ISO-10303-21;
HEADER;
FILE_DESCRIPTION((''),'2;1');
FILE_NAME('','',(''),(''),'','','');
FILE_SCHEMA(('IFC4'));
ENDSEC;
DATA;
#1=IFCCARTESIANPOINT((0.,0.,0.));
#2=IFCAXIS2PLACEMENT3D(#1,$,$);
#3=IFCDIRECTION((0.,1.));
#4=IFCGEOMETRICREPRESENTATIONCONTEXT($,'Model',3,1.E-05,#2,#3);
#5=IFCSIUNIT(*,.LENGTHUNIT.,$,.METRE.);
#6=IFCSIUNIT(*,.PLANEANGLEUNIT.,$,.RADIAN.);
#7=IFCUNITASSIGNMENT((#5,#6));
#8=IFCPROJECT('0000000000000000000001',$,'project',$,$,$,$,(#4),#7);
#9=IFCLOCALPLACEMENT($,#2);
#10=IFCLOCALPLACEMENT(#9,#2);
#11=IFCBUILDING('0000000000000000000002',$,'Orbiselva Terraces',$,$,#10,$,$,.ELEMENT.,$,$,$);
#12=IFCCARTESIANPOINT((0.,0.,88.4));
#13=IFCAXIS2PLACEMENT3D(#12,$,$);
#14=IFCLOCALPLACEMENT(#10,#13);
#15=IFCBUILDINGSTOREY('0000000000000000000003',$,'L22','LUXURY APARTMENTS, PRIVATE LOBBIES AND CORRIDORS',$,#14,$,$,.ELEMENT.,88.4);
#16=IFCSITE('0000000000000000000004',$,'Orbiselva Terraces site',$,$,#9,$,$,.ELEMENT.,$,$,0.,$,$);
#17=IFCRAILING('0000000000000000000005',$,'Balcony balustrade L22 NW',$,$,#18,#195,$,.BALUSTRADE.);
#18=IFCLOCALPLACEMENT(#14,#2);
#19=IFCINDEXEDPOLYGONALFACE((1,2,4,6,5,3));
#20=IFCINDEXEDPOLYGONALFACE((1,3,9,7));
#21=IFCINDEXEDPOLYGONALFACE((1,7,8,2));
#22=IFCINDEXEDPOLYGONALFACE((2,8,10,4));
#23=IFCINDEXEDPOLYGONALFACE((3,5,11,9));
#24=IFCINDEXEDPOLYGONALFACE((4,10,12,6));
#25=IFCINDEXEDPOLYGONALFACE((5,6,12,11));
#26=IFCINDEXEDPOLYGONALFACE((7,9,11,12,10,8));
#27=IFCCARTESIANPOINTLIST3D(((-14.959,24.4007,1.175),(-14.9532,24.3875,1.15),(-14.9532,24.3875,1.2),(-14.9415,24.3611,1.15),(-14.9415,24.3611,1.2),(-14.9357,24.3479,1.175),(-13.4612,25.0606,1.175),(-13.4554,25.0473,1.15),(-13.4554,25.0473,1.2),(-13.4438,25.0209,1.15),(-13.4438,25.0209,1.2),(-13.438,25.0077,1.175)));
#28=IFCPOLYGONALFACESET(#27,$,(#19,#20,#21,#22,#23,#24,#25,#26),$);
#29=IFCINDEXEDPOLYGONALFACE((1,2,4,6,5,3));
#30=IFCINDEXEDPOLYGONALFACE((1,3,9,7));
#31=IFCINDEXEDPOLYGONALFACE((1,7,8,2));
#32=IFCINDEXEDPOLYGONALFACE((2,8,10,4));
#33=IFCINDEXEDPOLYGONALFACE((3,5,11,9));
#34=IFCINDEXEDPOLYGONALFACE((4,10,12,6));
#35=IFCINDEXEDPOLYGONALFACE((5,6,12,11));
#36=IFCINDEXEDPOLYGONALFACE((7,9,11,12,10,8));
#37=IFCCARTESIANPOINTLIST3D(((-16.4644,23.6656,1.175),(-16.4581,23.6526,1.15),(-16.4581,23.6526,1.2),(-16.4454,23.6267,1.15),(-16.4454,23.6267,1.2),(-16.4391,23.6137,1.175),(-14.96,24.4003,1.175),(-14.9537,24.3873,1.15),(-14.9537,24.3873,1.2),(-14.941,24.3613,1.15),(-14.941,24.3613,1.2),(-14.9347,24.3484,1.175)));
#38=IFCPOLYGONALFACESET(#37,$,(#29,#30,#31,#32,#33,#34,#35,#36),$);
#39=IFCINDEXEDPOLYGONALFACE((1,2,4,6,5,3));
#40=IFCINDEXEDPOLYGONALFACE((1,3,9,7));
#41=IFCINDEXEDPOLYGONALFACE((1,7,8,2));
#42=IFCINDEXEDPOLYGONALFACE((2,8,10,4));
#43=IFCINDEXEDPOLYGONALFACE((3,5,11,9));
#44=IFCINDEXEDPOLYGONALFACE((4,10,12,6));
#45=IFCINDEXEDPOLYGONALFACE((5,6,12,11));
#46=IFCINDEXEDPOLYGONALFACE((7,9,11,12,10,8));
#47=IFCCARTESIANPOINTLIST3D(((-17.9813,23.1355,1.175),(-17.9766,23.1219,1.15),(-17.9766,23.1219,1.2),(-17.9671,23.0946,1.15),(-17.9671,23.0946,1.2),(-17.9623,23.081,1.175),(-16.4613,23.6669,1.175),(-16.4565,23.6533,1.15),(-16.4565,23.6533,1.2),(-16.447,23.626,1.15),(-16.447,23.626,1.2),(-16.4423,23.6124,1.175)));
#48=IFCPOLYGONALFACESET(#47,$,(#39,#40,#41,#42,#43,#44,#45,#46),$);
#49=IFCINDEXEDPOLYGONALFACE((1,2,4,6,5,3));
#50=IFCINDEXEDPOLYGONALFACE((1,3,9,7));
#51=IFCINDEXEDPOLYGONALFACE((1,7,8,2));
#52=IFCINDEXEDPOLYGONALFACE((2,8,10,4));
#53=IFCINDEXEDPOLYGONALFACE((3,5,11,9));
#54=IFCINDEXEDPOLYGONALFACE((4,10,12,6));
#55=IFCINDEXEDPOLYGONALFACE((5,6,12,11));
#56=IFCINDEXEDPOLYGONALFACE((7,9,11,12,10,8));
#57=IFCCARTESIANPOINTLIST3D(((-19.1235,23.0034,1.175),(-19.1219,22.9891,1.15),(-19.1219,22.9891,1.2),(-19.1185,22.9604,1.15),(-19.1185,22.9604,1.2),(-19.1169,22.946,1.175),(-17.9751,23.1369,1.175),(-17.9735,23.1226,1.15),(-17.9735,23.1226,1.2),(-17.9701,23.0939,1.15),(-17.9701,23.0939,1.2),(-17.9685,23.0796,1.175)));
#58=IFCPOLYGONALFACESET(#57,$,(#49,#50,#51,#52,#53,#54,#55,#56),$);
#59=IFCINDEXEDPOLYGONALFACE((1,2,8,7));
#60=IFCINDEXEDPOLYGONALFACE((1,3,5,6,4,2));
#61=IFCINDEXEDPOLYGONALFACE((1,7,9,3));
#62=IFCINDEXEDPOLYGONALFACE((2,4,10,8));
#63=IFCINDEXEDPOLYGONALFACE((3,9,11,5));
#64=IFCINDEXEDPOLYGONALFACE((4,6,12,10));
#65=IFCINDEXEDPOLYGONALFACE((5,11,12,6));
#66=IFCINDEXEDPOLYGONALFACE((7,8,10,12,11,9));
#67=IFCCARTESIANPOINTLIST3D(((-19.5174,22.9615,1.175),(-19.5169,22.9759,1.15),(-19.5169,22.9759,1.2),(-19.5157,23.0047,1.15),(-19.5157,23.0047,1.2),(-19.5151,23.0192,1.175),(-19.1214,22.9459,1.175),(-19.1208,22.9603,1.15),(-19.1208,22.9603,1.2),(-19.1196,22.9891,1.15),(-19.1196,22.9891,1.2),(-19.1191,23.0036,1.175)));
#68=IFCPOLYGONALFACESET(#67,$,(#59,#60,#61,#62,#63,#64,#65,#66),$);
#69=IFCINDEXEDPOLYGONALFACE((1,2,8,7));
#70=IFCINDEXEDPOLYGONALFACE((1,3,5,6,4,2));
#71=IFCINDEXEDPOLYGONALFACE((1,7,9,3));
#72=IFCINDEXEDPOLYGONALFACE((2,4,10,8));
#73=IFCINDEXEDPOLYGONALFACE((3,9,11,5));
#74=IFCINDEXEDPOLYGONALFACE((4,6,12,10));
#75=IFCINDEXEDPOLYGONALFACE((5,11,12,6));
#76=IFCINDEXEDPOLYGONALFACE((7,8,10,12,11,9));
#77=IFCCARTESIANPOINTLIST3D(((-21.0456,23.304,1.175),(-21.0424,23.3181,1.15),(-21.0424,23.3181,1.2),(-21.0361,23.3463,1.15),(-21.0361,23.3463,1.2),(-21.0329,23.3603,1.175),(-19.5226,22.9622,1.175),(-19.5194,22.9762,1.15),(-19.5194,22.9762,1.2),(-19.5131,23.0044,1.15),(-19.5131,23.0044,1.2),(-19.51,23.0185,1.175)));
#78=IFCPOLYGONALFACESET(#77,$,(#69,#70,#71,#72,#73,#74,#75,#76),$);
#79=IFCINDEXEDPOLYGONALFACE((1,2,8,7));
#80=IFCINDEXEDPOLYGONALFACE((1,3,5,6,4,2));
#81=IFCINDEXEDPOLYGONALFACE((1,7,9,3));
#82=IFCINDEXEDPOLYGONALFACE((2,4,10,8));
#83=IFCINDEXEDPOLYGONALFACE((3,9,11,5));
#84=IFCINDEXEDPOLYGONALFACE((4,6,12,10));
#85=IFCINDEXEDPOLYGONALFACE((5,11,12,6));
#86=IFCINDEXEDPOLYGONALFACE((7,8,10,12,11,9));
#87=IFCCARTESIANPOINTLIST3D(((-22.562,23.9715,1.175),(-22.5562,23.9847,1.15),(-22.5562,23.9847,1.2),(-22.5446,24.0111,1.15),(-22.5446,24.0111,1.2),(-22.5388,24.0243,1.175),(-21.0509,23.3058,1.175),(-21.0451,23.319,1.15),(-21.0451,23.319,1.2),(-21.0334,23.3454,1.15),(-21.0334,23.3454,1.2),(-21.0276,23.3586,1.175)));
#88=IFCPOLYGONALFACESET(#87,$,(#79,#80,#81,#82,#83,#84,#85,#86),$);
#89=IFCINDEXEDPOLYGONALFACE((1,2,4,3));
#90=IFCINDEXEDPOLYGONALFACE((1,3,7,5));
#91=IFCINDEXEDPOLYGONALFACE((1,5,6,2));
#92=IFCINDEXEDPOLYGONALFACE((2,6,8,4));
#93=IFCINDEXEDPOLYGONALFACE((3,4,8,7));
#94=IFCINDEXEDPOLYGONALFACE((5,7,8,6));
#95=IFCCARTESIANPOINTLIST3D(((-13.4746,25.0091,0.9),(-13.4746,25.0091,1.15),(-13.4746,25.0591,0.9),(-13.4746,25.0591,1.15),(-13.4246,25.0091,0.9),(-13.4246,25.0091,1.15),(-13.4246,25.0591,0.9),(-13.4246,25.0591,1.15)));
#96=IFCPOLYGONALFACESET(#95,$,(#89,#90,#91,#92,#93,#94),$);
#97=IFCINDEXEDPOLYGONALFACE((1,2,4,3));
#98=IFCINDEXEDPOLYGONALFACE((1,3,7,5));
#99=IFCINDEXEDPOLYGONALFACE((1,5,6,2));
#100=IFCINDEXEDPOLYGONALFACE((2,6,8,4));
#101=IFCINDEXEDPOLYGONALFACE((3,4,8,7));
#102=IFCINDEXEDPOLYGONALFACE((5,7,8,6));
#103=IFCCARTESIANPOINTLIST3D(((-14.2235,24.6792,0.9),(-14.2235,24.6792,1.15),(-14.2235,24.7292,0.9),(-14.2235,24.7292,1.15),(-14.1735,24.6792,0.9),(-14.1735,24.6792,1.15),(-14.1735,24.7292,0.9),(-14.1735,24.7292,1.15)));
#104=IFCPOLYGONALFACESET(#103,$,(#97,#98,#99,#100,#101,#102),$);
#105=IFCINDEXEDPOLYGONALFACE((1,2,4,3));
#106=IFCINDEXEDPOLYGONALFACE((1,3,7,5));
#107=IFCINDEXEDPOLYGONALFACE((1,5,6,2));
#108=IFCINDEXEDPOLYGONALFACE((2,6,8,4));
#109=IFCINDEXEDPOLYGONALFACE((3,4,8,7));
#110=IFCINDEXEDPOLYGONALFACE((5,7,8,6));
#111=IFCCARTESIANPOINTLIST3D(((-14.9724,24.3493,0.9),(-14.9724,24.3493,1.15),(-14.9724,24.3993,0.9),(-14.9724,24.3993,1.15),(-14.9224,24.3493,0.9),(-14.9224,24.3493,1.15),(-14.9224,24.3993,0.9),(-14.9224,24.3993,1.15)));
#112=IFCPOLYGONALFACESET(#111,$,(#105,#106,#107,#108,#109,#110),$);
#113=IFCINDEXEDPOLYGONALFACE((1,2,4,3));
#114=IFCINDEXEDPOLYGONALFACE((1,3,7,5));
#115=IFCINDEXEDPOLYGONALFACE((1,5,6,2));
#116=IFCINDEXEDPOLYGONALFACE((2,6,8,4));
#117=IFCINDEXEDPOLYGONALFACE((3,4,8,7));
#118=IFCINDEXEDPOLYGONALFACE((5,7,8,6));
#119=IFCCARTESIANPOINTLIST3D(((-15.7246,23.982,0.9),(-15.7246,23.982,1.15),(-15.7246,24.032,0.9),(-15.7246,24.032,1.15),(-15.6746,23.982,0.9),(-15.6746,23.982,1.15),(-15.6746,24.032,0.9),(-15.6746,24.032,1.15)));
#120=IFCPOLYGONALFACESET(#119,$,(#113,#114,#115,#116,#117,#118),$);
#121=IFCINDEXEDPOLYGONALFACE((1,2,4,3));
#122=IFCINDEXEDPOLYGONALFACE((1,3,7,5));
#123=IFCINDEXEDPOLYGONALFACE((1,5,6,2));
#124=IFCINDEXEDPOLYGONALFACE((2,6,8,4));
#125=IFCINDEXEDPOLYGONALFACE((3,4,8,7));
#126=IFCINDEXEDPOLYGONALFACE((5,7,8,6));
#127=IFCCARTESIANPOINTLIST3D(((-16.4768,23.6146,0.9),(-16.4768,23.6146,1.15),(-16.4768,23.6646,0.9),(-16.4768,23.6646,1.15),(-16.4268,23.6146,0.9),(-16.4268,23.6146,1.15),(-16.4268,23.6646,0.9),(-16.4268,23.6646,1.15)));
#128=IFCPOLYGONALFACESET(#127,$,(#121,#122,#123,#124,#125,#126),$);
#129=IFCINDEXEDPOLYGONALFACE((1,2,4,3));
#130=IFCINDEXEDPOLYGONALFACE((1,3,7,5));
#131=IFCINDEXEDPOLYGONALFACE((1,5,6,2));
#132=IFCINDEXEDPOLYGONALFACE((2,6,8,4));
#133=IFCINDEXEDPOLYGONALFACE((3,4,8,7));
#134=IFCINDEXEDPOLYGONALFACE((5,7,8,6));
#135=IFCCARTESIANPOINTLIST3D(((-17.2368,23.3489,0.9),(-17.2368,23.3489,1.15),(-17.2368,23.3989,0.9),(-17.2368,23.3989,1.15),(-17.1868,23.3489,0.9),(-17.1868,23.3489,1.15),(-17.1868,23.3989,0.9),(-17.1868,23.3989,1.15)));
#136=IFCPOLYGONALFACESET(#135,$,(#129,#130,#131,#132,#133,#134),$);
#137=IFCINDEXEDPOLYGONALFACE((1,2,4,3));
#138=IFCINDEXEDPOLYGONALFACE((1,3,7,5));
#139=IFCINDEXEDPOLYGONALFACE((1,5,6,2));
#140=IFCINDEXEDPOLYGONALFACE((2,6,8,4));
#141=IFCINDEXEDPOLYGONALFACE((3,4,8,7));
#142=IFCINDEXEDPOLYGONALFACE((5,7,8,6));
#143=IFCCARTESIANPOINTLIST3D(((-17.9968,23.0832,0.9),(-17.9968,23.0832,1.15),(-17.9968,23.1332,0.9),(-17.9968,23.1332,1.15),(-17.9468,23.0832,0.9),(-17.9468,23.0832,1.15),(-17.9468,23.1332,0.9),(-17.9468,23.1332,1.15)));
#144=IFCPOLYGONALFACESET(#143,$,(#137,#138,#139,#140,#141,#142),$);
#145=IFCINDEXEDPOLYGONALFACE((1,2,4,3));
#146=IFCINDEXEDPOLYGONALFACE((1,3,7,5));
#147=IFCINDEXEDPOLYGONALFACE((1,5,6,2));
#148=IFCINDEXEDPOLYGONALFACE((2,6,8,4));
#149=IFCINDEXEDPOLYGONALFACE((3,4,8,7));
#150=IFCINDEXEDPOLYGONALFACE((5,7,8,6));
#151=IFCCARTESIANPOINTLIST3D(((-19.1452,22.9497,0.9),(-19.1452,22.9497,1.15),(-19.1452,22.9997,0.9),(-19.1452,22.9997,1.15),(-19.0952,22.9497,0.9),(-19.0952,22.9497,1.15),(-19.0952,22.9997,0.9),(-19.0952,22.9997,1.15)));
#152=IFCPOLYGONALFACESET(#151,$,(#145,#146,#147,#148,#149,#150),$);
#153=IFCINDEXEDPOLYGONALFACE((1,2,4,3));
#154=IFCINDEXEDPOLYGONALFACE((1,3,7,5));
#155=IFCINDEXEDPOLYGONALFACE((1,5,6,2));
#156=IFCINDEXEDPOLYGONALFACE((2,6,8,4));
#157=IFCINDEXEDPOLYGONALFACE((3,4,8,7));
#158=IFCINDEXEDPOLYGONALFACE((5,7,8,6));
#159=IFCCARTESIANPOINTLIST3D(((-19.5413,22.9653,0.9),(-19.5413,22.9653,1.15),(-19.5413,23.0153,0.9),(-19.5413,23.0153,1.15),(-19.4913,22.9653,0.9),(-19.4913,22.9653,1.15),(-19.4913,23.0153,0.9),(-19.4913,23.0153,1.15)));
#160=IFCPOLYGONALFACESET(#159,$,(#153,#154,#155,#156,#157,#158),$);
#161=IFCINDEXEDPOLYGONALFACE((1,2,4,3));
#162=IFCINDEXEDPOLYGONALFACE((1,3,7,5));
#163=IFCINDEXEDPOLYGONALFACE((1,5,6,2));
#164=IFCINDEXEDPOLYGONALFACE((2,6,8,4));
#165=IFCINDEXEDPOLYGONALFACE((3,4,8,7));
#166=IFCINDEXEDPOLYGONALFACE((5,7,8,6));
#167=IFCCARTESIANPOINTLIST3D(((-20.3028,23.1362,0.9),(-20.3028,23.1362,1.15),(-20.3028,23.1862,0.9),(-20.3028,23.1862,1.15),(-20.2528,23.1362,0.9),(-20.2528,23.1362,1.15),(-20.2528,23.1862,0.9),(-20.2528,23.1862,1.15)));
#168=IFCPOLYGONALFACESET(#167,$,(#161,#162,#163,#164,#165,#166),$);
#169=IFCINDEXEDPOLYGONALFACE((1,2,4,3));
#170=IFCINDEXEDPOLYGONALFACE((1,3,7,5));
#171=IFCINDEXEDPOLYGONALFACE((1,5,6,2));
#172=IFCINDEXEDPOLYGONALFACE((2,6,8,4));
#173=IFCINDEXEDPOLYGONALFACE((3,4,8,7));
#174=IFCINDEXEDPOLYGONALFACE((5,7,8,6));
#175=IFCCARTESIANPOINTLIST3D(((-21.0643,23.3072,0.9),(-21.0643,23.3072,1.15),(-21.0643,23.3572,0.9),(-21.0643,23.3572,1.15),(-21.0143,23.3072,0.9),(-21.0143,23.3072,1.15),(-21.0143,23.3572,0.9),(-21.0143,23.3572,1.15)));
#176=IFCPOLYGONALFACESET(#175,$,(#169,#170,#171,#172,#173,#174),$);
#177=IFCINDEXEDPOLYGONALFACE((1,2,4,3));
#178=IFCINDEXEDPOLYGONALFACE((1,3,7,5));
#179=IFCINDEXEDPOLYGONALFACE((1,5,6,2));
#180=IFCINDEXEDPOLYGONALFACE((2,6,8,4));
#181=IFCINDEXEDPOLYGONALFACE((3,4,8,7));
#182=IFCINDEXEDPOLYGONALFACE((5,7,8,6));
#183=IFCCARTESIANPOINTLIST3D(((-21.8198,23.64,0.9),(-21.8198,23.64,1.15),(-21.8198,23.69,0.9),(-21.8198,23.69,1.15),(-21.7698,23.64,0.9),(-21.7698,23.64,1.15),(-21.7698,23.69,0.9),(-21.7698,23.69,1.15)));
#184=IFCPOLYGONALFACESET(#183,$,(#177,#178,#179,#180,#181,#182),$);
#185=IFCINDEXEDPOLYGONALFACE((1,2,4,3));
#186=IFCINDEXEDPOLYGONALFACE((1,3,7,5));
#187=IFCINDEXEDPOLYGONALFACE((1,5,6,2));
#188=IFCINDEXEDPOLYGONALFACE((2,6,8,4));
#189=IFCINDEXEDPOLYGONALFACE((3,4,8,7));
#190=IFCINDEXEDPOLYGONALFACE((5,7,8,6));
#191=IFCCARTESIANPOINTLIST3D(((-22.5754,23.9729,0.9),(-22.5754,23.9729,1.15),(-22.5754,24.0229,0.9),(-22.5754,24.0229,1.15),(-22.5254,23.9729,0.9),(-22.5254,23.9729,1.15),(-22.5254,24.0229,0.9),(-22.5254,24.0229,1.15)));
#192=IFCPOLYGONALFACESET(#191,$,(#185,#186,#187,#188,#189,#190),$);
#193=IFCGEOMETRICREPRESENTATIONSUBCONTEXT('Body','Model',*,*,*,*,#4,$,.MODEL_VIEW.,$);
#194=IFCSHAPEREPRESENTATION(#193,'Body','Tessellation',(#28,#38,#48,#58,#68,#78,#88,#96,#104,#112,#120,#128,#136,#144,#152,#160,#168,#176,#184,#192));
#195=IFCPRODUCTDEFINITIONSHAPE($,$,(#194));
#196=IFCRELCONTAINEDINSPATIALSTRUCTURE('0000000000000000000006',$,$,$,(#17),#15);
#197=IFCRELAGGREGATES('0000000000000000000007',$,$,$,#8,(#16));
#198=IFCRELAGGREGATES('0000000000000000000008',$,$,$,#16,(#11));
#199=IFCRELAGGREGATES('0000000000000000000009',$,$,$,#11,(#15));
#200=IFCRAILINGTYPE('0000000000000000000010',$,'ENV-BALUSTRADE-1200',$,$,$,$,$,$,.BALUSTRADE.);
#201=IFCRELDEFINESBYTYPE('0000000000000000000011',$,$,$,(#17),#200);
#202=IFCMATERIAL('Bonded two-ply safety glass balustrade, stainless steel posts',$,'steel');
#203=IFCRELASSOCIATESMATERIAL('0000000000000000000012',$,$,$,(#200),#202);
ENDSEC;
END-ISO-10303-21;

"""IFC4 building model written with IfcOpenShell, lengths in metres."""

from ifc_helpers import new_model, si_unit, direction, frame, origin, origin_2d, place, context, subcontext, project, spatial, polyline, rectangle, outline, extrude, material, type_object, element, save


model = new_model("IFC4")

# Units and contexts
model_context = context("Model", 3, precision=1e-05, world=origin(), true_north=direction((0.0, 1.0)))
body_context = subcontext(model_context, "Body", "Model", "MODEL_VIEW")
ifc_project = project(units=[si_unit("LENGTHUNIT", "METRE"), si_unit("PLANEANGLEUNIT", "RADIAN")], contexts=[model_context])

# Site, building, storey
site_placement = place(None, origin())
site = spatial("IfcSite", under=ifc_project, at=site_placement, Name="Orbiselva Terraces site", CompositionType="ELEMENT", RefElevation=0.0)
building_placement = place(site_placement, origin())
building = spatial("IfcBuilding", under=site, at=building_placement, Name="Orbiselva Terraces", CompositionType="ELEMENT")
storey_placement = place(building_placement, frame((0.0, 0.0, 88.4)))
storey = spatial("IfcBuildingStorey", under=building, at=storey_placement, Name="L22", Description="LUXURY APARTMENTS, PRIVATE LOBBIES AND CORRIDORS", CompositionType="ELEMENT", Elevation=88.4)

# Railing
ifc_material_1 = material(Name="Bonded two-ply safety glass balustrade, stainless steel posts", Category="steel")
railing_type_1 = type_object("IfcRailingType", Name="ENV-BALUSTRADE-1200", PredefinedType="BALUSTRADE", material=ifc_material_1)
railing_1_placement = place(storey_placement, frame((-13.4496, 25.0341, 0.9)))
element("IfcRailing", 1, at=railing_1_placement, inside=storey, type_object=railing_type_1, Name="Balcony balustrade L22 NW", PredefinedType="BALUSTRADE", context=body_context, shape_type="SweptSolid", body=[
    extrude(outline(polyline([(0.0289, 0.0), (0.0144, 0.025), (-0.0144, 0.025), (-0.0289, 0.0), (-0.0144, -0.025), (0.0144, -0.025), (0.0289, 0.0)])), frame((0.0, 0.0, 0.275), z_axis=(-0.915133, -0.403151, 0.0), x_axis=(0.403151, -0.915133, 0.0)), (0.0, 0.0, 1.0), 1.6366),
    extrude(outline(polyline([(0.0289, 0.0), (0.0144, 0.025), (-0.0144, 0.025), (-0.0289, 0.0), (-0.0144, -0.025), (0.0144, -0.025), (0.0289, 0.0)])), frame((-1.4978, -0.6598, 0.275), z_axis=(-0.898579, -0.438812, 0.0), x_axis=(0.438812, -0.898579, 0.0)), (0.0, 0.0, 1.0), 1.6742),
    extrude(outline(polyline([(0.0289, 0.0), (0.0144, 0.025), (-0.0144, 0.025), (-0.0289, 0.0), (-0.0144, -0.025), (0.0144, -0.025), (0.0289, 0.0)])), frame((-3.0022, -1.3945, 0.275), z_axis=(-0.943972, -0.330025, 0.0), x_axis=(0.330025, -0.943972, 0.0)), (0.0, 0.0, 1.0), 1.6103),
    extrude(outline(polyline([(0.0289, 0.0), (0.0144, 0.025), (-0.0144, 0.025), (-0.0289, 0.0), (-0.0144, -0.025), (0.0144, -0.025), (0.0289, 0.0)])), frame((-4.5222, -1.9259, 0.275), z_axis=(-0.99331, -0.115482, 0.0), x_axis=(0.115482, -0.99331, 0.0)), (0.0, 0.0, 1.0), 1.1561),
    extrude(outline(polyline([(0.0289, 0.0), (0.0144, 0.025), (-0.0144, 0.025), (-0.0289, 0.0), (-0.0144, -0.025), (0.0144, -0.025), (0.0289, 0.0)])), frame((-5.6706, -2.0594, 0.275), z_axis=(-0.999225, 0.039369, 0.0), x_axis=(-0.039369, -0.999225, 0.0)), (0.0, 0.0, 1.0), 0.3964),
    extrude(outline(polyline([(0.0289, 0.0), (0.0144, 0.025), (-0.0144, 0.025), (-0.0289, 0.0), (-0.0144, -0.025), (0.0144, -0.025), (0.0289, 0.0)])), frame((-6.0667, -2.0438, 0.275), z_axis=(-0.975721, 0.219016, 0.0), x_axis=(-0.219016, -0.975721, 0.0)), (0.0, 0.0, 1.0), 1.5609),
    extrude(outline(polyline([(0.0289, 0.0), (0.0144, 0.025), (-0.0144, 0.025), (-0.0289, 0.0), (-0.0144, -0.025), (0.0144, -0.025), (0.0289, 0.0)])), frame((-7.5896, -1.702, 0.275), z_axis=(-0.915134, 0.403151, 0.0), x_axis=(-0.403151, -0.915134, 0.0)), (0.0, 0.0, 1.0), 1.6513),
    extrude(rectangle(XDim=0.05, YDim=0.05, at=origin_2d()), origin(), (0.0, 0.0, 1.0), 0.25),
    extrude(rectangle(XDim=0.05, YDim=0.05, at=origin_2d()), frame((-0.7489, -0.3299, 0.0)), (0.0, 0.0, 1.0), 0.25),
    extrude(rectangle(XDim=0.05, YDim=0.05, at=origin_2d()), frame((-1.4978, -0.6598, 0.0)), (0.0, 0.0, 1.0), 0.25),
    extrude(rectangle(XDim=0.05, YDim=0.05, at=origin_2d()), frame((-2.25, -1.0272, 0.0)), (0.0, 0.0, 1.0), 0.25),
    extrude(rectangle(XDim=0.05, YDim=0.05, at=origin_2d()), frame((-3.0022, -1.3945, 0.0)), (0.0, 0.0, 1.0), 0.25),
    extrude(rectangle(XDim=0.05, YDim=0.05, at=origin_2d()), frame((-3.7622, -1.6602, 0.0)), (0.0, 0.0, 1.0), 0.25),
    extrude(rectangle(XDim=0.05, YDim=0.05, at=origin_2d()), frame((-4.5222, -1.9259, 0.0)), (0.0, 0.0, 1.0), 0.25),
    extrude(rectangle(XDim=0.05, YDim=0.05, at=origin_2d()), frame((-5.6706, -2.0594, 0.0)), (0.0, 0.0, 1.0), 0.25),
    extrude(rectangle(XDim=0.05, YDim=0.05, at=origin_2d()), frame((-6.0667, -2.0438, 0.0)), (0.0, 0.0, 1.0), 0.25),
    extrude(rectangle(XDim=0.05, YDim=0.05, at=origin_2d()), frame((-6.8282, -1.8729, 0.0)), (0.0, 0.0, 1.0), 0.25),
    extrude(rectangle(XDim=0.05, YDim=0.05, at=origin_2d()), frame((-7.5896, -1.702, 0.0)), (0.0, 0.0, 1.0), 0.25),
    extrude(rectangle(XDim=0.05, YDim=0.05, at=origin_2d()), frame((-8.3452, -1.3691, 0.0)), (0.0, 0.0, 1.0), 0.25),
    extrude(rectangle(XDim=0.05, YDim=0.05, at=origin_2d()), frame((-9.1008, -1.0362, 0.0)), (0.0, 0.0, 1.0), 0.25),
])

save(model, "model.ifc")
